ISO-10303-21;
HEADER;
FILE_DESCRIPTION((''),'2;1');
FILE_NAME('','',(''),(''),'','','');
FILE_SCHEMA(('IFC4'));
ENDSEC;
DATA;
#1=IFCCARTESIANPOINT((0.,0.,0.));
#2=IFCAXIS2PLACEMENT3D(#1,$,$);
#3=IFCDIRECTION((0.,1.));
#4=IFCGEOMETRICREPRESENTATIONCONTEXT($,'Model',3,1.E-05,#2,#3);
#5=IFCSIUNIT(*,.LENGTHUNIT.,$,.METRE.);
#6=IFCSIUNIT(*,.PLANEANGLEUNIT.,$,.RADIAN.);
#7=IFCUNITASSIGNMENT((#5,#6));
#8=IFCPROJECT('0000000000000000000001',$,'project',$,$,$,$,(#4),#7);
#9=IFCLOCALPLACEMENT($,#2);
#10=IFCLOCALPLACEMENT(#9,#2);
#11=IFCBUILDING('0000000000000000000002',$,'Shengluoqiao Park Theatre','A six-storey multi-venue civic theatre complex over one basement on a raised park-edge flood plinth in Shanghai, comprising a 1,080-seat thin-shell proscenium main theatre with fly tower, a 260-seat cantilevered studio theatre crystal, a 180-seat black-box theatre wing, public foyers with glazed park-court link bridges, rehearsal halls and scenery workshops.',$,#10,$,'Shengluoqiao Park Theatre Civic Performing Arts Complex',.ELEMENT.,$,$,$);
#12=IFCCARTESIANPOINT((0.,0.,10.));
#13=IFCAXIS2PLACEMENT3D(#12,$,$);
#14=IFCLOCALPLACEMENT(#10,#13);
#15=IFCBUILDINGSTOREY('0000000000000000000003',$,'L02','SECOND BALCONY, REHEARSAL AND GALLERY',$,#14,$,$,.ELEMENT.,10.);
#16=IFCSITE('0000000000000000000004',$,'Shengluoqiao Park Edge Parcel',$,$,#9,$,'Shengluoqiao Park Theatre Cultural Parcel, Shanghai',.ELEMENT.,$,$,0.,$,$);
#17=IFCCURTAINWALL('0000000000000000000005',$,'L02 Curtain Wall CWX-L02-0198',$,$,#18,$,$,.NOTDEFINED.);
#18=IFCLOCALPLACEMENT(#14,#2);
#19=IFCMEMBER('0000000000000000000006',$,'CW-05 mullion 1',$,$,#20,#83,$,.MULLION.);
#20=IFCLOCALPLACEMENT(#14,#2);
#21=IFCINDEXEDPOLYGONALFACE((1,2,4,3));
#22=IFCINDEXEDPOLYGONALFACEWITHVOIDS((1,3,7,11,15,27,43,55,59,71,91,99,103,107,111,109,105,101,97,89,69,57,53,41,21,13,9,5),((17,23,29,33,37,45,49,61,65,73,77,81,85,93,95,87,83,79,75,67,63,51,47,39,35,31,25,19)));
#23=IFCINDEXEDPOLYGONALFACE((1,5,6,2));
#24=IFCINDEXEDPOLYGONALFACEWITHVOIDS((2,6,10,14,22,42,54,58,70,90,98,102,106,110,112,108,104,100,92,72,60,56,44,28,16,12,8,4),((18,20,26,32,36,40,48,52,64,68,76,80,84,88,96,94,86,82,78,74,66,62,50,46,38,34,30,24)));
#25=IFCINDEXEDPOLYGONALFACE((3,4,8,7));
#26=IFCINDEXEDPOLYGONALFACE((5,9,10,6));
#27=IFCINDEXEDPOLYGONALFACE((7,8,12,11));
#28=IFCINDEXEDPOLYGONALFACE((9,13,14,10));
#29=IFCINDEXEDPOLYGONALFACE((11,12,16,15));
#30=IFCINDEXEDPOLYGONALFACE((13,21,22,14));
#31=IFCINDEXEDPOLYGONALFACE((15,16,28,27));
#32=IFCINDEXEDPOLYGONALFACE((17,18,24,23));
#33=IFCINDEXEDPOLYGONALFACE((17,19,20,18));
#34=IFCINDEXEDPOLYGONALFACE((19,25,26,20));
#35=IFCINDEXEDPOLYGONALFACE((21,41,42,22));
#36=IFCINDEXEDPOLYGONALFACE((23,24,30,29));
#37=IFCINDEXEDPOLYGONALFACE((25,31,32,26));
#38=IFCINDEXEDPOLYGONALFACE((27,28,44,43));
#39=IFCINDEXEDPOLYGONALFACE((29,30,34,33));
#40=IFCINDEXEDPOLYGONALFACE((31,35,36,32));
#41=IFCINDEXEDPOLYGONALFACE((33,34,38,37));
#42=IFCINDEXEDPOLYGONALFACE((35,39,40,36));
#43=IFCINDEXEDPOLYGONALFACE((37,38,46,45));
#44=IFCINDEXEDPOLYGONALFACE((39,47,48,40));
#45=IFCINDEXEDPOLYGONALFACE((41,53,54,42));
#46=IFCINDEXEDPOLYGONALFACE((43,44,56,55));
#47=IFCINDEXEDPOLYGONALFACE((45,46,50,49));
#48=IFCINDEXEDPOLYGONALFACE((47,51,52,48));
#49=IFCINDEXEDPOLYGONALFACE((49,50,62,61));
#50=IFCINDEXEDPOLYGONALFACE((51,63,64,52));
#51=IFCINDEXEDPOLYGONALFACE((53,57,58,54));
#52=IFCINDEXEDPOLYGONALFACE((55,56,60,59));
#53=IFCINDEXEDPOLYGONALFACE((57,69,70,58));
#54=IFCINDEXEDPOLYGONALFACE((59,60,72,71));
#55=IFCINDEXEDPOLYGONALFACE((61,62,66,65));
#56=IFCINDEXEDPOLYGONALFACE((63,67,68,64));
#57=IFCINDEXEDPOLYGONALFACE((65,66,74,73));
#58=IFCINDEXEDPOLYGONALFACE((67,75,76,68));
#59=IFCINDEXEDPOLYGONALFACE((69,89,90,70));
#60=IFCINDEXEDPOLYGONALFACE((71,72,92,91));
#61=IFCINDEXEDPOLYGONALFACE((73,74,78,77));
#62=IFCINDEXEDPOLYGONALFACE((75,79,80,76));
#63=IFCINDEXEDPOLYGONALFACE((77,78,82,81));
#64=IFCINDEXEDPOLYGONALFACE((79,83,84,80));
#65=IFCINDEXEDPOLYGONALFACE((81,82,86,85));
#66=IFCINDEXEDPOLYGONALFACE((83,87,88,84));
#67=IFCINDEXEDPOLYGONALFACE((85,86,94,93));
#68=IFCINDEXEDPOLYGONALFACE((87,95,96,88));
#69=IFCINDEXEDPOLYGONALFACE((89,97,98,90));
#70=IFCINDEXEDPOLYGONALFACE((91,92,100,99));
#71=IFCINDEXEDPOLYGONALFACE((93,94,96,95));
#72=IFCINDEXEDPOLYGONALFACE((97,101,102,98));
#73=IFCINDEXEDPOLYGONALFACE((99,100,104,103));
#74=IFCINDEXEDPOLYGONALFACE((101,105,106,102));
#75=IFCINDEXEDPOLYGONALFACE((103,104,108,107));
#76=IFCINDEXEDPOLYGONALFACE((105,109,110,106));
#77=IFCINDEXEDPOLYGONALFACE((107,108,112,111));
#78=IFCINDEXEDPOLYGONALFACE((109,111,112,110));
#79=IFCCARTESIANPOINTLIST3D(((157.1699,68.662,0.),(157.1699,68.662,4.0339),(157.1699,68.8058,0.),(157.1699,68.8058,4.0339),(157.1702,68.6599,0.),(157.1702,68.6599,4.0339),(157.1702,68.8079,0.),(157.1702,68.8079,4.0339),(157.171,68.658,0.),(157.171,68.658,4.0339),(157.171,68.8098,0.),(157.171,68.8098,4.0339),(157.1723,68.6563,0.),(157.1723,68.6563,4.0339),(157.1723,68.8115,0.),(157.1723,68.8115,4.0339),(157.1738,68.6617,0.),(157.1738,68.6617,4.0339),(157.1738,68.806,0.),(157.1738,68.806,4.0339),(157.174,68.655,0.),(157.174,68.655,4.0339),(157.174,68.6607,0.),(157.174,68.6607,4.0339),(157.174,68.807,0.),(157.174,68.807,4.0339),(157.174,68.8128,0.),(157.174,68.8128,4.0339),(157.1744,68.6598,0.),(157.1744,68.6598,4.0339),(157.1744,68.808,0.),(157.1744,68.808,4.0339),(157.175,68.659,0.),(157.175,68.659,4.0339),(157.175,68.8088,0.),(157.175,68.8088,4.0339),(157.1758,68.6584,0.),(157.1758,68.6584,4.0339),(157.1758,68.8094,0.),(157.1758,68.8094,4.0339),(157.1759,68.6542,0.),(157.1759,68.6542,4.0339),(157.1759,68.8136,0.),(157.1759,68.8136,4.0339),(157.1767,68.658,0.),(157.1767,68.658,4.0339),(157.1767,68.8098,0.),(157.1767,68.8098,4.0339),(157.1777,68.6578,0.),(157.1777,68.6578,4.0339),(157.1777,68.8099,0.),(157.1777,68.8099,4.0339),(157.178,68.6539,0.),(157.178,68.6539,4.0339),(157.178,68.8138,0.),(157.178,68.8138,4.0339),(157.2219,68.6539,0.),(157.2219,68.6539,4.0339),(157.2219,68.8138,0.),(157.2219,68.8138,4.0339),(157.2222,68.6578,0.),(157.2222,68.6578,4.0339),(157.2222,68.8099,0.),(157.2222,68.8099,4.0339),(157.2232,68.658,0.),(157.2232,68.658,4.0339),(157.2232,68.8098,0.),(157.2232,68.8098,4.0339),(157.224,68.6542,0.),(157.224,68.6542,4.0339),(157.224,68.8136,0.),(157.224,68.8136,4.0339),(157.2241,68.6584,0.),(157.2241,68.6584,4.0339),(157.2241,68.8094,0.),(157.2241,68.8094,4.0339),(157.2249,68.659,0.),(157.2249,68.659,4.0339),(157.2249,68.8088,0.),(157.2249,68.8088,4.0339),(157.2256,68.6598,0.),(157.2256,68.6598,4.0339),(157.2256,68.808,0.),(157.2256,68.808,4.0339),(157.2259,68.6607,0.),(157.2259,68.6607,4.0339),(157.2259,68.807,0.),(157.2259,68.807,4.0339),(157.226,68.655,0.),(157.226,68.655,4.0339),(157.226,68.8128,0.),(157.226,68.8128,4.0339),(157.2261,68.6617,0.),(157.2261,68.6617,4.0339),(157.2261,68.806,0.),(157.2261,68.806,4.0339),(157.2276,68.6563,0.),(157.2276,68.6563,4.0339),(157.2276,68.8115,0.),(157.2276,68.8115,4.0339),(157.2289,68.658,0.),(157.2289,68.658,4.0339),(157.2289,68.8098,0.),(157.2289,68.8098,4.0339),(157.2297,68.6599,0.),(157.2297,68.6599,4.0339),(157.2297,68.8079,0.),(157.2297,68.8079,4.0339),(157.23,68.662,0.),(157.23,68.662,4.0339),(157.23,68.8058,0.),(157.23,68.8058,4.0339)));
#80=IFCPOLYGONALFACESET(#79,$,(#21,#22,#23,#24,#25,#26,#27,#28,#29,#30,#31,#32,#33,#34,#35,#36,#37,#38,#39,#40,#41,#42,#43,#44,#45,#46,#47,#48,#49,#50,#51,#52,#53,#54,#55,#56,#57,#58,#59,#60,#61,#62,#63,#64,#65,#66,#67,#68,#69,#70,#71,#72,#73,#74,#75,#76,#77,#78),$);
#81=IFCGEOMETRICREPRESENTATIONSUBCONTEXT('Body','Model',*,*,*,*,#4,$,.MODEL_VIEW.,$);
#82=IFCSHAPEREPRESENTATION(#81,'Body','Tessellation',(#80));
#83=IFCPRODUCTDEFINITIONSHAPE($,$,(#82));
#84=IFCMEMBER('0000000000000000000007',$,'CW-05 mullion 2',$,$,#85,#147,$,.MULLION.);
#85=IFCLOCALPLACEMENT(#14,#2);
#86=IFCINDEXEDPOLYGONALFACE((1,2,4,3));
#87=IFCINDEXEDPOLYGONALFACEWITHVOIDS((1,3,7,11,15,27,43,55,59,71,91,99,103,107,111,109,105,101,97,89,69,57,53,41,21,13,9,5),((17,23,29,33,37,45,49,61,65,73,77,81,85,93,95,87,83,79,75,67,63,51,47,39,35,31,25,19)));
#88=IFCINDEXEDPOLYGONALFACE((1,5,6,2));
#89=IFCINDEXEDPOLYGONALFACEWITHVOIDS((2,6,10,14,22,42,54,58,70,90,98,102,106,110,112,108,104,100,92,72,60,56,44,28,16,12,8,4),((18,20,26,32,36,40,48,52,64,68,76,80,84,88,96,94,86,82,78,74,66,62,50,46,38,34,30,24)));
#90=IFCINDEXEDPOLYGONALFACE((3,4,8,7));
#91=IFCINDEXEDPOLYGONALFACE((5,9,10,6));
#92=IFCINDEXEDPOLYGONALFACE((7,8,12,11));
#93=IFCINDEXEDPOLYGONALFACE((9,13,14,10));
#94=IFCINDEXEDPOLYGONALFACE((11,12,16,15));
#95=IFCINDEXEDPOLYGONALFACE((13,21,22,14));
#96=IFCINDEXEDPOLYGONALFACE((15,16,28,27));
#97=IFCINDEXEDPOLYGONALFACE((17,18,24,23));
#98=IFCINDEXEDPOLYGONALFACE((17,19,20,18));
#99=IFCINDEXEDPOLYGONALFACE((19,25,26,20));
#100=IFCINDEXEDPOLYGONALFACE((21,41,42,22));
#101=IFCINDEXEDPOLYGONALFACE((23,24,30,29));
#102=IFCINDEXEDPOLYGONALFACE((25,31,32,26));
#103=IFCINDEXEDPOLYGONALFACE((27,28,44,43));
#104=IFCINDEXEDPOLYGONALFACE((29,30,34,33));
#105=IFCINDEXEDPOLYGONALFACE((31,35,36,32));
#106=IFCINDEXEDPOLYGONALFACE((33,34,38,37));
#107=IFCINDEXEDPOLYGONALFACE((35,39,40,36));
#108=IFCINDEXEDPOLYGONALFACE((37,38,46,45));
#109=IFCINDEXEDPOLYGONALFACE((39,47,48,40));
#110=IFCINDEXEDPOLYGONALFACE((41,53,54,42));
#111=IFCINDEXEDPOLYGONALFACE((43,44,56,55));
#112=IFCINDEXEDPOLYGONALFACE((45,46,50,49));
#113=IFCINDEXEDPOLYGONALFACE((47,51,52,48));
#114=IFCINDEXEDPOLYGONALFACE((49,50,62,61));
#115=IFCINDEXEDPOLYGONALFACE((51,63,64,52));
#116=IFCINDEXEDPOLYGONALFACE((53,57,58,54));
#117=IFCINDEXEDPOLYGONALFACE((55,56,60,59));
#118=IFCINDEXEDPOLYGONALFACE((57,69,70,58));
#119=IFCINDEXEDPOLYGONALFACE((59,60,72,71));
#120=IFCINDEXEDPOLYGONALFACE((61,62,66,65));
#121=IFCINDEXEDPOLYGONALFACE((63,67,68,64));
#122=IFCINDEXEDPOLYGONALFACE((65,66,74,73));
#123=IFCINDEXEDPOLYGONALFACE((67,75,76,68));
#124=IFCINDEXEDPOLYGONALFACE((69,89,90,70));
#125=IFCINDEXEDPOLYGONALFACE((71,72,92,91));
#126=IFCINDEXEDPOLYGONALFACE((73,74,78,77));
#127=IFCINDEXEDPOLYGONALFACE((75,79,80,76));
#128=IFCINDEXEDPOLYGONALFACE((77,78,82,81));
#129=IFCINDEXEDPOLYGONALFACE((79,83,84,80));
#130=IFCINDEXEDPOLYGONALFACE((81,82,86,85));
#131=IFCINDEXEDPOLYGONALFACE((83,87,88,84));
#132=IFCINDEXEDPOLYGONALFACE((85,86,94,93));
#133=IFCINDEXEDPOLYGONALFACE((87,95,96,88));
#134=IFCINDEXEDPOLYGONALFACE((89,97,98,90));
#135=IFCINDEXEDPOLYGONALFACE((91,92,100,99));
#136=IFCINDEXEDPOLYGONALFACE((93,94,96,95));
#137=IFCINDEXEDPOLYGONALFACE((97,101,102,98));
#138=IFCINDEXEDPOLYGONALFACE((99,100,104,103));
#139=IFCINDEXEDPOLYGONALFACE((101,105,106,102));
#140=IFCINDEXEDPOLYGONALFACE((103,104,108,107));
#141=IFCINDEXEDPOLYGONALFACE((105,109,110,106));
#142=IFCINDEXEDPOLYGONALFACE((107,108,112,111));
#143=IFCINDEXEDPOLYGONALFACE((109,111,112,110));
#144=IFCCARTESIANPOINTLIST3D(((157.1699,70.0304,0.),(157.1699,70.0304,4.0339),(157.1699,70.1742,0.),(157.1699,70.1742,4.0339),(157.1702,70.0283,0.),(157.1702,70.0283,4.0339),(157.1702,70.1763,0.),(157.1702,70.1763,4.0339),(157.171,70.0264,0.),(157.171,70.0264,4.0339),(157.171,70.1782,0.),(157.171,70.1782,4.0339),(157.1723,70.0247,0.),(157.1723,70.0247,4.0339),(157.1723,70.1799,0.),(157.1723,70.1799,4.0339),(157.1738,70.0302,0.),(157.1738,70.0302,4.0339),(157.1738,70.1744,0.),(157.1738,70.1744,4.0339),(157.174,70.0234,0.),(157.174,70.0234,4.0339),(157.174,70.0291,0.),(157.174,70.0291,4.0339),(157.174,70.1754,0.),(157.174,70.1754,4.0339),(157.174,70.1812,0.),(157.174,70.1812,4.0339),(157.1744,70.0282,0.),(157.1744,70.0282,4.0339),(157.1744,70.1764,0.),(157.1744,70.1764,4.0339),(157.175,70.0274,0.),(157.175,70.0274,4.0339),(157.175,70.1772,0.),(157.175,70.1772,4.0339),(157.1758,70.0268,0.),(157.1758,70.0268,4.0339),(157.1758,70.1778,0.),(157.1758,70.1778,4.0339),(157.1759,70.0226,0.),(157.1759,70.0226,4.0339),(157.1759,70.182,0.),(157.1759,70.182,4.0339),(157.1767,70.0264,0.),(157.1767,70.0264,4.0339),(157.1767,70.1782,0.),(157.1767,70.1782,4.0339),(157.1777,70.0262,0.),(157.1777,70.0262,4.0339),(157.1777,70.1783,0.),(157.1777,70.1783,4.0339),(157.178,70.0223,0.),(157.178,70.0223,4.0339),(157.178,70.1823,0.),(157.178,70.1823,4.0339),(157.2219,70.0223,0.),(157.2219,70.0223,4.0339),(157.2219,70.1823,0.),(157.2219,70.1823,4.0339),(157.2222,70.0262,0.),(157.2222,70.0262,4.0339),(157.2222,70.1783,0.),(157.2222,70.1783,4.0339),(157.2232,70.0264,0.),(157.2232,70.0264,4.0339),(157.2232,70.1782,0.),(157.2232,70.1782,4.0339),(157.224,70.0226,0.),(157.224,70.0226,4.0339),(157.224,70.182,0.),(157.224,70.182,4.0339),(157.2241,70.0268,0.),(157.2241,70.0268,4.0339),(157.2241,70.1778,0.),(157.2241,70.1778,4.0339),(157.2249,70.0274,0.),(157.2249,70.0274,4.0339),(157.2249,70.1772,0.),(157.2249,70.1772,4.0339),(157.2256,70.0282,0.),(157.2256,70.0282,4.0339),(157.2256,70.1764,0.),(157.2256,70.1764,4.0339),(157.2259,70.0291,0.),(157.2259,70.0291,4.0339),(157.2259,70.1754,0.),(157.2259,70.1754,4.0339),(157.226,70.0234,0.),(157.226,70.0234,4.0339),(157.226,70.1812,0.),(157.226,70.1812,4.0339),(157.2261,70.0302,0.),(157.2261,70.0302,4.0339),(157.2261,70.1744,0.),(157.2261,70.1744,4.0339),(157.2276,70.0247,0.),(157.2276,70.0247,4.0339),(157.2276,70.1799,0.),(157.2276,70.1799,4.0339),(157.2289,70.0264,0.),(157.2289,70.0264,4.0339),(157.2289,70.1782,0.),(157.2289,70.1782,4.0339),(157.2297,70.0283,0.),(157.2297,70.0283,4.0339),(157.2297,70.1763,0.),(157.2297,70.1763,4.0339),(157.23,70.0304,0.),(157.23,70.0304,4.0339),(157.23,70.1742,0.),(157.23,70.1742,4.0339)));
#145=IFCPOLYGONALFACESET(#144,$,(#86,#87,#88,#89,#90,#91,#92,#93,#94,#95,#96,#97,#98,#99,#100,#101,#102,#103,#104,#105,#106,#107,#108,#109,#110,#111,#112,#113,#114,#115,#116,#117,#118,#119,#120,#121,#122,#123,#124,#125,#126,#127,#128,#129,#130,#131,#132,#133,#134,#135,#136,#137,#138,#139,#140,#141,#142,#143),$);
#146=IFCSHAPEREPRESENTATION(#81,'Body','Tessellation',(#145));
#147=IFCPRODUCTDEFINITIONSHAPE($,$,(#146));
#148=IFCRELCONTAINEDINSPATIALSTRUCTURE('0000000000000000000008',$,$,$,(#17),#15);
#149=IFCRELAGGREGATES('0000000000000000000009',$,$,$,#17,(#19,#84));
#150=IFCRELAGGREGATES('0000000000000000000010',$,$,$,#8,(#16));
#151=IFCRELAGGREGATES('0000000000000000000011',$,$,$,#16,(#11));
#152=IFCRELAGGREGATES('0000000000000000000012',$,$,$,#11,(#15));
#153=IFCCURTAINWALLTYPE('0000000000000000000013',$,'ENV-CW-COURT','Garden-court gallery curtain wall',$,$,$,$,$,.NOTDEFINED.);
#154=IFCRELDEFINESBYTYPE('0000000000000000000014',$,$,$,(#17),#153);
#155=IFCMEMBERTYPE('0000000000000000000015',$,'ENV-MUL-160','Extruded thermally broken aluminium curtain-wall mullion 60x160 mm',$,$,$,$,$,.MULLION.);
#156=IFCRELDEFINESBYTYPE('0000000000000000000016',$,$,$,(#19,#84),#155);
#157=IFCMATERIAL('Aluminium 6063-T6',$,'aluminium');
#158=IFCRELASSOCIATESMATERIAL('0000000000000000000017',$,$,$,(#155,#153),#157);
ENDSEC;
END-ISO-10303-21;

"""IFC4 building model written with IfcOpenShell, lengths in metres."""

from ifc_helpers import new_model, si_unit, direction, frame, origin, origin_2d, place, context, subcontext, project, spatial, hollow_rectangle, extrude, material, material_profile, profile_set, type_object, element, aggregate, save


model = new_model("IFC4")

# Units and contexts
model_context = context("Model", 3, precision=1e-05, world=origin(), true_north=direction((0.0, 1.0)))
body_context = subcontext(model_context, "Body", "Model", "MODEL_VIEW")
ifc_project = project(units=[si_unit("LENGTHUNIT", "METRE"), si_unit("PLANEANGLEUNIT", "RADIAN")], contexts=[model_context])

# Site, building, storey
site_placement = place(None, origin())
site = spatial("IfcSite", under=ifc_project, at=site_placement, Name="Shengluoqiao Park Edge Parcel", LongName="Shengluoqiao Park Theatre Cultural Parcel, Shanghai", CompositionType="ELEMENT", RefElevation=0.0)
building_placement = place(site_placement, origin())
building = spatial("IfcBuilding", under=site, at=building_placement, Name="Shengluoqiao Park Theatre", Description="A six-storey multi-venue civic theatre complex over one basement on a raised park-edge flood plinth in Shanghai, comprising a 1,080-seat thin-shell proscenium main theatre with fly tower, a 260-seat cantilevered studio theatre crystal, a 180-seat black-box theatre wing, public foyers with glazed park-court link bridges, rehearsal halls and scenery workshops.", LongName="Shengluoqiao Park Theatre Civic Performing Arts Complex", CompositionType="ELEMENT")
storey_placement = place(building_placement, frame((0.0, 0.0, 10.0)))
storey = spatial("IfcBuildingStorey", under=building, at=storey_placement, Name="L02", Description="SECOND BALCONY, REHEARSAL AND GALLERY", CompositionType="ELEMENT", Elevation=10.0)

# Curtain wall, members
ifc_material_1 = material(Name="Aluminium 6063-T6", Category="aluminium")
ifc_material_profile_1 = material_profile(ifc_material_1, hollow_rectangle(XDim=0.0601, YDim=0.1599, WallThickness=0.0039, InnerFilletRadius=0.0039, OuterFilletRadius=0.0081, at=origin_2d()), Name="ALU MULLION 160x60x4")
ifc_profile_set_1 = profile_set([ifc_material_profile_1], Name="Aluminium 6063-T6")
member_type_1 = type_object("IfcMemberType", Name="ENV-MUL-160", Description="Extruded thermally broken aluminium curtain-wall mullion 60x160 mm", PredefinedType="MULLION", material=ifc_profile_set_1)
curtain_wall_type_1 = type_object("IfcCurtainWallType", Name="ENV-CW-COURT", Description="Garden-court gallery curtain wall", PredefinedType="NOTDEFINED", material=ifc_material_1)
curtain_wall_1_placement = place(storey_placement, origin())
curtain_wall_1 = element("IfcCurtainWall", 1, at=curtain_wall_1_placement, inside=storey, type_object=curtain_wall_type_1, Name="L02 Curtain Wall CWX-L02-0198", PredefinedType="NOTDEFINED")
member_1_placement = place(storey_placement, frame((157.2, 68.7339, 0.0), z_axis=(0.0, 0.0, 1.0), x_axis=(-1.0, 0.0, 0.0)))
member_1 = element("IfcMember", 2, at=member_1_placement, type_object=member_type_1, Name="CW-05 mullion 1", PredefinedType="MULLION", context=body_context, shape_type="SweptSolid", body=[
    extrude(hollow_rectangle(XDim=0.0601, YDim=0.1599, WallThickness=0.0039, InnerFilletRadius=0.0039, OuterFilletRadius=0.0081, at=origin_2d()), origin(), (0.0, 0.0, 1.0), 4.0339),
])
member_2_placement = place(storey_placement, frame((157.2, 70.1023, 0.0), z_axis=(0.0, 0.0, 1.0), x_axis=(-1.0, 0.0, 0.0)))
member_2 = element("IfcMember", 3, at=member_2_placement, type_object=member_type_1, Name="CW-05 mullion 2", PredefinedType="MULLION", context=body_context, shape_type="SweptSolid", body=[
    extrude(hollow_rectangle(XDim=0.0601, YDim=0.1599, WallThickness=0.0039, InnerFilletRadius=0.0039, OuterFilletRadius=0.0081, at=origin_2d()), origin(), (0.0, 0.0, 1.0), 4.0339),
])

aggregate(curtain_wall_1, [member_1, member_2])

save(model, "model.ifc")
